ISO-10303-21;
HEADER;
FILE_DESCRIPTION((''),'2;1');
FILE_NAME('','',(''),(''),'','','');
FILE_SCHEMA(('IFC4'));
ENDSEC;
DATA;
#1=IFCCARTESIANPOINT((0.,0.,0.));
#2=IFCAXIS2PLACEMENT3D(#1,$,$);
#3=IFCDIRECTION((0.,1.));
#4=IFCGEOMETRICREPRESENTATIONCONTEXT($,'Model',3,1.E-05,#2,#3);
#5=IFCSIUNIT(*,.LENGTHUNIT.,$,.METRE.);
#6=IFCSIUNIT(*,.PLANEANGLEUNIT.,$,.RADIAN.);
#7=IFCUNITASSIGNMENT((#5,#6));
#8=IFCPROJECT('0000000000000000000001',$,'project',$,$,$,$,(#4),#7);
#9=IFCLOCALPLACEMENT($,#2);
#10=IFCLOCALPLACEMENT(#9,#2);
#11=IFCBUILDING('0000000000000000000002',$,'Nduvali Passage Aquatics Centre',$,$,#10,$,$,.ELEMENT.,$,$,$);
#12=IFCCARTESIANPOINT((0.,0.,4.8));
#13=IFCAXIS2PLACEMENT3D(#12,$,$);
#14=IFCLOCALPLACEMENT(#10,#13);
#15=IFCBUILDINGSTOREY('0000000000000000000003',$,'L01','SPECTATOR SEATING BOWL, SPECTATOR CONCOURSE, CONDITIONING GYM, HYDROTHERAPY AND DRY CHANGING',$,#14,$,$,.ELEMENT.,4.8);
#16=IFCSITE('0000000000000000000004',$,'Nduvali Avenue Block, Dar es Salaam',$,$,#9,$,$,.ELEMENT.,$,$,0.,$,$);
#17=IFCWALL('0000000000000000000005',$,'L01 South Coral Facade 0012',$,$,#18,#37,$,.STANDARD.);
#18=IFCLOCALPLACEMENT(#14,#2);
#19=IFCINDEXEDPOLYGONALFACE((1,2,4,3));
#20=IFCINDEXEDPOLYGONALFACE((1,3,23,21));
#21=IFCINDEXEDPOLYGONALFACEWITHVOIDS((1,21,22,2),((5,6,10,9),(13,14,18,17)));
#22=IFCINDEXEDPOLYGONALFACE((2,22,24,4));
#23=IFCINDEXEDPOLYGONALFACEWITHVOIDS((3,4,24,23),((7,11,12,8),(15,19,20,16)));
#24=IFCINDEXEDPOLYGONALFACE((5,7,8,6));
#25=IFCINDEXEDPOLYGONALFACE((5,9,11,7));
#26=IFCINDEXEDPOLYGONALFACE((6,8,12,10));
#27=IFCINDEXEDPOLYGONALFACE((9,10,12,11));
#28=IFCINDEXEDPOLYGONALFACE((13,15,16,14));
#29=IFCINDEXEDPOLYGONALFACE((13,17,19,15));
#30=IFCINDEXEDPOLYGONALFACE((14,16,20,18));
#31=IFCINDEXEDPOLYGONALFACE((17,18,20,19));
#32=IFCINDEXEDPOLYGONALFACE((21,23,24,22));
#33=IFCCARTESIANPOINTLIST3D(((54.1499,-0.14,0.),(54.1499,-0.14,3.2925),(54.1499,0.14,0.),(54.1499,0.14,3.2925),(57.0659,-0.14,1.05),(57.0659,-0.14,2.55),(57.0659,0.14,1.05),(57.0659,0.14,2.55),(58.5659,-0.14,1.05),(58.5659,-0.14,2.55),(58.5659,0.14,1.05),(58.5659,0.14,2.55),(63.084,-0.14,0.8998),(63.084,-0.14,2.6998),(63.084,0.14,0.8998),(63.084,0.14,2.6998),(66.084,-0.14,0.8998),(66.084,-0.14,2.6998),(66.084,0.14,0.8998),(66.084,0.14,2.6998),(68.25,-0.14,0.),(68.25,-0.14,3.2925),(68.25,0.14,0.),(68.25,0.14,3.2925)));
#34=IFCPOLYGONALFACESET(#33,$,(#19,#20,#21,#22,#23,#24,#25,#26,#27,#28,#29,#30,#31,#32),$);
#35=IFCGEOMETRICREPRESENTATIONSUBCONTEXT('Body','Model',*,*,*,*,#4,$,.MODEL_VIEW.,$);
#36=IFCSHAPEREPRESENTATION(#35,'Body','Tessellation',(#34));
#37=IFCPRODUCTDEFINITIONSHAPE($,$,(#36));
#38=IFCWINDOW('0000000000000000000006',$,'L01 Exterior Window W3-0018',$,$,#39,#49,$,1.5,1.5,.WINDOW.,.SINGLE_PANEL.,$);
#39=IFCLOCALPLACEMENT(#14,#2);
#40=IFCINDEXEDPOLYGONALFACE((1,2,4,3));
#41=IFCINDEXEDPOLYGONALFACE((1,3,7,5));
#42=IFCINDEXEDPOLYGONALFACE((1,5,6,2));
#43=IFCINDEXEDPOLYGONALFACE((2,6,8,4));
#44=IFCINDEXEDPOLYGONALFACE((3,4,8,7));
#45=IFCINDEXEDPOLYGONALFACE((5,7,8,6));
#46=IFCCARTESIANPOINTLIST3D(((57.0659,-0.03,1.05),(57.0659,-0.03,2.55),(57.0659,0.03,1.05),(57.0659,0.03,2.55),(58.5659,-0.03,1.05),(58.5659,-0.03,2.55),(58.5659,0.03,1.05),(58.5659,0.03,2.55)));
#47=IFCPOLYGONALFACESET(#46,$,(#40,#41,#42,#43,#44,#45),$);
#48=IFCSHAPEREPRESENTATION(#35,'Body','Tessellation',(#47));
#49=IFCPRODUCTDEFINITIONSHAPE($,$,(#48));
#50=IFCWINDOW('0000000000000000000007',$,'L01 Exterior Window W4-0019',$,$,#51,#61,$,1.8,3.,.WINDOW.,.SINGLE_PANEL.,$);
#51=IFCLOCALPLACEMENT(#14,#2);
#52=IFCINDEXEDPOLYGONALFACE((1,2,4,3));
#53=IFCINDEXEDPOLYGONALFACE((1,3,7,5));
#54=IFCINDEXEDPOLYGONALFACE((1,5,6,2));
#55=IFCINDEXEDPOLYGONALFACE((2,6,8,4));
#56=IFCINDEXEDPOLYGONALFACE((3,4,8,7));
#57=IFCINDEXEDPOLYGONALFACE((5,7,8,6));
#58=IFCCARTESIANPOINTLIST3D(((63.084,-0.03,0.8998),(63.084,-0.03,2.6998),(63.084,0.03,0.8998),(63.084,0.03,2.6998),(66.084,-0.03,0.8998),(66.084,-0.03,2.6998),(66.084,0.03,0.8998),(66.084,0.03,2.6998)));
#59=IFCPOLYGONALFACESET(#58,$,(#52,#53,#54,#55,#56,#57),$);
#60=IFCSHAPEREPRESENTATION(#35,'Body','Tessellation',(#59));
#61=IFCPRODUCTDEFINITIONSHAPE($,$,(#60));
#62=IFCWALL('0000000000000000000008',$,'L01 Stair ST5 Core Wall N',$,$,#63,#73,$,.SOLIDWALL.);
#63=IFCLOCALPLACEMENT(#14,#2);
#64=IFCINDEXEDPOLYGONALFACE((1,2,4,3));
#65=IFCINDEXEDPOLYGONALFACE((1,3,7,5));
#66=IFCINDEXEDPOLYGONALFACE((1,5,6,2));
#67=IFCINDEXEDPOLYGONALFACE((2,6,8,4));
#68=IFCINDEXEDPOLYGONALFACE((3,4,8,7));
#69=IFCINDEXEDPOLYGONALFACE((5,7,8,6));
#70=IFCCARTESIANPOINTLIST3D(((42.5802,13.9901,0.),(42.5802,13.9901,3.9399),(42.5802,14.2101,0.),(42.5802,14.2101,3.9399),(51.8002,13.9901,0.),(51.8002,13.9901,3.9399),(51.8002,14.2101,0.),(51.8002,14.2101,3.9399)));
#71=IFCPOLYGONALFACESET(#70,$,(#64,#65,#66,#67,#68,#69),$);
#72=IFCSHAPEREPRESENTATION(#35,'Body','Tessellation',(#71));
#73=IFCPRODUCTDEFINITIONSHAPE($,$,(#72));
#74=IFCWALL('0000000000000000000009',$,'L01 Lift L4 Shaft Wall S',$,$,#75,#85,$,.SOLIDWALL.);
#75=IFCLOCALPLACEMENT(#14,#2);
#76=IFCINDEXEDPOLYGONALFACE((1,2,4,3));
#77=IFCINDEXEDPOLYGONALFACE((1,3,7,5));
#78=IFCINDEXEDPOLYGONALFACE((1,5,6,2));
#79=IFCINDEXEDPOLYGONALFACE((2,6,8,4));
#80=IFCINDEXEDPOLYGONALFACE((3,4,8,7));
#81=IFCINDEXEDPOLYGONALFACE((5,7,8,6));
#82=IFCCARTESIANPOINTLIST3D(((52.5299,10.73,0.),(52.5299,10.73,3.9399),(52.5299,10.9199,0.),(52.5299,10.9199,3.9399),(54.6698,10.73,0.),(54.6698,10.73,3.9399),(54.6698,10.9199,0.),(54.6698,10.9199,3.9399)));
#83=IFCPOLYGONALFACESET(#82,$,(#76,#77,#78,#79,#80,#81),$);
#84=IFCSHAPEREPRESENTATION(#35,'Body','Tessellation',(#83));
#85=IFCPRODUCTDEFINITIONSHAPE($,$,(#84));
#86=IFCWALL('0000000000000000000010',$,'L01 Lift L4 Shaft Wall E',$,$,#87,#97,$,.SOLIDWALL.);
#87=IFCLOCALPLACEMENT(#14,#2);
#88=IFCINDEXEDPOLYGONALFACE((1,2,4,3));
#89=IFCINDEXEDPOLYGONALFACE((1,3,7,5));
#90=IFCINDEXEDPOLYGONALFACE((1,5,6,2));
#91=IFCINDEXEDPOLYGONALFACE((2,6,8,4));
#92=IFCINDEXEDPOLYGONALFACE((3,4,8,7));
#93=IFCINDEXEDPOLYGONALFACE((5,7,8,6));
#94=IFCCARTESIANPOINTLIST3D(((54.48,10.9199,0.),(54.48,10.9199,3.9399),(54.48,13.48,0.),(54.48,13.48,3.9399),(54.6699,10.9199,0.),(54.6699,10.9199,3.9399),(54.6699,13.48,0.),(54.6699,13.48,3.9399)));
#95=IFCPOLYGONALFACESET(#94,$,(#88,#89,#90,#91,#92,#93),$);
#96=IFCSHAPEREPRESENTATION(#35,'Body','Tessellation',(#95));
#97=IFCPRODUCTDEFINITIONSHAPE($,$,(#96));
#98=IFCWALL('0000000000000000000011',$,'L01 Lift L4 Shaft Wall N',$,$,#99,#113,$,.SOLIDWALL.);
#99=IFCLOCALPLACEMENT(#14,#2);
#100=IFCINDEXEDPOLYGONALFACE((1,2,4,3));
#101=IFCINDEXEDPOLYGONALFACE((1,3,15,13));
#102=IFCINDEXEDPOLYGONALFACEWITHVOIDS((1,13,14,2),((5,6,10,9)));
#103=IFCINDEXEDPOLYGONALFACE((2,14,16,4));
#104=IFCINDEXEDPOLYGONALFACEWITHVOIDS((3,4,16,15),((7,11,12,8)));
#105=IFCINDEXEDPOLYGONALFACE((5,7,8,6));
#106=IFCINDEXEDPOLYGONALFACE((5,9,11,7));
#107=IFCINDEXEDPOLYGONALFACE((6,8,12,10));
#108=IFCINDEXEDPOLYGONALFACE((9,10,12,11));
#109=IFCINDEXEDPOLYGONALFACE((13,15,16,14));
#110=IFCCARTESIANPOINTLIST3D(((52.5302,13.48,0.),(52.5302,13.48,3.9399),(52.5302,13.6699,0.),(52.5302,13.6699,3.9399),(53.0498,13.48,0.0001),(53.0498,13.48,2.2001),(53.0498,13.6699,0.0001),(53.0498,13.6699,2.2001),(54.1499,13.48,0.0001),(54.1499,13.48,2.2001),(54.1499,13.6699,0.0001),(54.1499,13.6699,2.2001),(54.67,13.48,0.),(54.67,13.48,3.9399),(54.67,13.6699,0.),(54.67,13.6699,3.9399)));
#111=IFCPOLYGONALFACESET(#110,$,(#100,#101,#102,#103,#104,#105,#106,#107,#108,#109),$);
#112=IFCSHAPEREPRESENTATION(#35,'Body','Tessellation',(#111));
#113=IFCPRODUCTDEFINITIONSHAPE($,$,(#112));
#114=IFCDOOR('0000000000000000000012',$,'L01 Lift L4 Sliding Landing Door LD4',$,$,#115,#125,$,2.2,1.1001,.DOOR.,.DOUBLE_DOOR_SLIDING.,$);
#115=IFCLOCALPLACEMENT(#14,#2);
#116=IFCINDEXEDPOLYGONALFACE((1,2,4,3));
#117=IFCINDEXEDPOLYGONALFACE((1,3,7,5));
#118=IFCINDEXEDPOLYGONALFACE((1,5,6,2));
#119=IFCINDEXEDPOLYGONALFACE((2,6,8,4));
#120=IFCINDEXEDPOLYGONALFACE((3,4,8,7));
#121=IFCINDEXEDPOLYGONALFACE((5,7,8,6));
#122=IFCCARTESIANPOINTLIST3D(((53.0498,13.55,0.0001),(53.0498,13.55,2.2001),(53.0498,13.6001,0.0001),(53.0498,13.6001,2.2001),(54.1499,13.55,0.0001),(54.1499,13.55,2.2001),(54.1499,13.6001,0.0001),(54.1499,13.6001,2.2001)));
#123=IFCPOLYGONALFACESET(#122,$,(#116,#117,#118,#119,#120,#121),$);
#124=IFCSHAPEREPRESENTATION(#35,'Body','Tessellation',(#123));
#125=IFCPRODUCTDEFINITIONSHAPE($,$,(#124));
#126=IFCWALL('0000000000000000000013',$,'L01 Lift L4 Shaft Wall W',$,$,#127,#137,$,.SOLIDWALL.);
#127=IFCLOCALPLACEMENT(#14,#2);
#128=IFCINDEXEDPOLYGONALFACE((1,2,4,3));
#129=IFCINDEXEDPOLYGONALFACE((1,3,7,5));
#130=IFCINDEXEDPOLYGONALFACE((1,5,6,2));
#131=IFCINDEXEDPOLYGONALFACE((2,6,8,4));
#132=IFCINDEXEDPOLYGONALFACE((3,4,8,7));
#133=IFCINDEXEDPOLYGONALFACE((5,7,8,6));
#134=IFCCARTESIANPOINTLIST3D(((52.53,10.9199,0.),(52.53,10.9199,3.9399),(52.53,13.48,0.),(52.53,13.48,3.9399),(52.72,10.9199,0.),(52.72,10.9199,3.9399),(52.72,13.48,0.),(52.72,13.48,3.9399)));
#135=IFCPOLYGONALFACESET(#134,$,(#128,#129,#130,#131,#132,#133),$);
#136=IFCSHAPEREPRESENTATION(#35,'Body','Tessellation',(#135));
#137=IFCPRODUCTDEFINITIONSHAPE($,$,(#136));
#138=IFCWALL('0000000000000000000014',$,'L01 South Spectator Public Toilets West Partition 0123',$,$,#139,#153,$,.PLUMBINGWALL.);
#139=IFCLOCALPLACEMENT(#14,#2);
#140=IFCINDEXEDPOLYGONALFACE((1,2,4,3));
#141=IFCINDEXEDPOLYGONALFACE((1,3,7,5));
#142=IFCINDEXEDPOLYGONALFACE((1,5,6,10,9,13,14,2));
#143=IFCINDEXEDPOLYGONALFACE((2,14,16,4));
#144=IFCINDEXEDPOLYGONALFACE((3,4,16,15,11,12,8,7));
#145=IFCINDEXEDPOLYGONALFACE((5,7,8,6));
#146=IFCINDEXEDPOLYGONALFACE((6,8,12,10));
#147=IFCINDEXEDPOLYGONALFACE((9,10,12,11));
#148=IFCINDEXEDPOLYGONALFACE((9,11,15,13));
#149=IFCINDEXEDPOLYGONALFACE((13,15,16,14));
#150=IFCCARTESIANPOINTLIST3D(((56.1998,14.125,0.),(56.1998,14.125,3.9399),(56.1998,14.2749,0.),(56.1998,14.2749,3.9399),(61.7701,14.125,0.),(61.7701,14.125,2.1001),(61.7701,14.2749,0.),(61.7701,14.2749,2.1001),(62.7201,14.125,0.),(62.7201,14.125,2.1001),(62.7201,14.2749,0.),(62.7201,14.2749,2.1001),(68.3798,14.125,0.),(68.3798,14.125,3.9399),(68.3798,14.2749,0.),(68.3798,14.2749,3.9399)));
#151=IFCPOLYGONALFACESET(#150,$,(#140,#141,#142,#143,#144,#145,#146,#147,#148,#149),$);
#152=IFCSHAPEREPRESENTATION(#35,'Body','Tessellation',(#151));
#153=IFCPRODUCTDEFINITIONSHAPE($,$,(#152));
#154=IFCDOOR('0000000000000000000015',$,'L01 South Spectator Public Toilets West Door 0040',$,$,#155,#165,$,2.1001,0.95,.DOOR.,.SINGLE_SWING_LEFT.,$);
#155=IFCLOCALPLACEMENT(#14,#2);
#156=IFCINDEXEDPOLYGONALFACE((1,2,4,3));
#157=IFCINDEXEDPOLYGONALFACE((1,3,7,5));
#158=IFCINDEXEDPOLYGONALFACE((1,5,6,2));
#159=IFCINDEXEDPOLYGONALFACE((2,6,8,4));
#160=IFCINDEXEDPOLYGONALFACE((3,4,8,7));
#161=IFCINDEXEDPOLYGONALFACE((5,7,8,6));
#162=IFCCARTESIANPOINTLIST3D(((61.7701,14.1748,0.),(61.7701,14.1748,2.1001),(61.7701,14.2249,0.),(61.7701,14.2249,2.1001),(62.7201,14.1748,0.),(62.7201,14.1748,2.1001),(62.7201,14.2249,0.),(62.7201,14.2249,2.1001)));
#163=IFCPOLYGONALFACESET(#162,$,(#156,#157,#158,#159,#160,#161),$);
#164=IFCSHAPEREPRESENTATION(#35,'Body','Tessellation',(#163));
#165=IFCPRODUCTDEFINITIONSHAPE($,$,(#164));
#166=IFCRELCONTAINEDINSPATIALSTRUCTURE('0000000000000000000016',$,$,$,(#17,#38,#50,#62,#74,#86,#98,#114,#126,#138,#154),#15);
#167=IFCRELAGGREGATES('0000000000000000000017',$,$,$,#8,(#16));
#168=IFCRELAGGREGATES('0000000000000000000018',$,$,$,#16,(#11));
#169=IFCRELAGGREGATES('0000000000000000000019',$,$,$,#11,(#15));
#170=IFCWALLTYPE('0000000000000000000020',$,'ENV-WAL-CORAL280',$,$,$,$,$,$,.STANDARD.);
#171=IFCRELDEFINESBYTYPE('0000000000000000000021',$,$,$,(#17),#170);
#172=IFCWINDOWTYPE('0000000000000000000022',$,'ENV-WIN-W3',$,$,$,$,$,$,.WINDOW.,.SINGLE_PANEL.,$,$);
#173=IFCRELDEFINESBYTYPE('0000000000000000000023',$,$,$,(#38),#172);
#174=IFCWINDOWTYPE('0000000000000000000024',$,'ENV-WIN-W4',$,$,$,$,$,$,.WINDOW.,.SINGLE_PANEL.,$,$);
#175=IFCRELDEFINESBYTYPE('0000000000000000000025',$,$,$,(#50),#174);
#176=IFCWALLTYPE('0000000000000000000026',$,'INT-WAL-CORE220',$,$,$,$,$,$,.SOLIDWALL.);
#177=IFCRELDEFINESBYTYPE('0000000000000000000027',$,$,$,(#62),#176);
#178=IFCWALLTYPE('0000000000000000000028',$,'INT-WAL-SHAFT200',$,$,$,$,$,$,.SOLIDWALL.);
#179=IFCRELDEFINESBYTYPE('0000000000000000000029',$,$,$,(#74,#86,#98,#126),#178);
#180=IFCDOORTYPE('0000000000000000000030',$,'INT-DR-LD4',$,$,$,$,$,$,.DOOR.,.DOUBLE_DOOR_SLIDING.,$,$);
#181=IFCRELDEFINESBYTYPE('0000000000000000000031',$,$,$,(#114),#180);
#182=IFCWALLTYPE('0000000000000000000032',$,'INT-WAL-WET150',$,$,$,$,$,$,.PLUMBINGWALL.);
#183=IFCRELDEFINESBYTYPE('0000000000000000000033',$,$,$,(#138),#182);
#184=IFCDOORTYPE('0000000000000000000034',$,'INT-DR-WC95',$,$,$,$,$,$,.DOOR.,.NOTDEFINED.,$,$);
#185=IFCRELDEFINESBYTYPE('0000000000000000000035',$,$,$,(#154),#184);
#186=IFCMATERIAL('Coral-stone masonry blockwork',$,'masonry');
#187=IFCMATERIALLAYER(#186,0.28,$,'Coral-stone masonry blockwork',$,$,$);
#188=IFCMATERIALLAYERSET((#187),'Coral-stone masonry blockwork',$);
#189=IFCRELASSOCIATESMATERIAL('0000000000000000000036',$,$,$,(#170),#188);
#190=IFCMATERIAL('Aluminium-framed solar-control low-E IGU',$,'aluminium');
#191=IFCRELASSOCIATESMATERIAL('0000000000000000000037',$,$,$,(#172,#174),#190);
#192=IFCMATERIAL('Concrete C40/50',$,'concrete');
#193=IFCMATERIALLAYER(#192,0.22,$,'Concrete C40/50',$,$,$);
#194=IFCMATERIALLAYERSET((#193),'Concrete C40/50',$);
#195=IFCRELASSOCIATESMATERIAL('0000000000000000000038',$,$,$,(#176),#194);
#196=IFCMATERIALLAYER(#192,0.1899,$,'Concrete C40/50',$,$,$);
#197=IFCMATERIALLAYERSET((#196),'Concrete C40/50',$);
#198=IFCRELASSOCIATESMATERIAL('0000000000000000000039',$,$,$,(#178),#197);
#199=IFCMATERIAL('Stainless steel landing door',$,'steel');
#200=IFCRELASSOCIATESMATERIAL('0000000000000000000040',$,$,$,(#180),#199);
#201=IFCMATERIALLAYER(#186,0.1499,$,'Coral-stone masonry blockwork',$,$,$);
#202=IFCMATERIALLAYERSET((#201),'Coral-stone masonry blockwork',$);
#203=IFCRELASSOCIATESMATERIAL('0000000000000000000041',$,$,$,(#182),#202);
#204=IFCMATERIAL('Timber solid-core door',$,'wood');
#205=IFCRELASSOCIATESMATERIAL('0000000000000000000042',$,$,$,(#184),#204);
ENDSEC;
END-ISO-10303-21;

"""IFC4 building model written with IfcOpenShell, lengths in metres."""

from ifc_helpers import new_model, si_unit, direction, frame, frame_2d, origin, place, context, subcontext, project, spatial, rectangle, extrude, material, layer, layer_set, type_object, element, fill, save


model = new_model("IFC4")

# Units and contexts
model_context = context("Model", 3, precision=1e-05, world=origin(), true_north=direction((0.0, 1.0)))
body_context = subcontext(model_context, "Body", "Model", "MODEL_VIEW")
ifc_project = project(units=[si_unit("LENGTHUNIT", "METRE"), si_unit("PLANEANGLEUNIT", "RADIAN")], contexts=[model_context])

# Site, building, storey
site_placement = place(None, origin())
site = spatial("IfcSite", under=ifc_project, at=site_placement, Name="Nduvali Avenue Block, Dar es Salaam", CompositionType="ELEMENT", RefElevation=0.0)
building_placement = place(site_placement, origin())
building = spatial("IfcBuilding", under=site, at=building_placement, Name="Nduvali Passage Aquatics Centre", CompositionType="ELEMENT")
storey_placement = place(building_placement, frame((0.0, 0.0, 4.8)))
storey = spatial("IfcBuildingStorey", under=building, at=storey_placement, Name="L01", Description="SPECTATOR SEATING BOWL, SPECTATOR CONCOURSE, CONDITIONING GYM, HYDROTHERAPY AND DRY CHANGING", CompositionType="ELEMENT", Elevation=4.8)

# Wall, openings, windows
ifc_material_1 = material(Name="Coral-stone masonry blockwork", Category="masonry")
ifc_layer_1 = layer(ifc_material_1, 0.28, Name="Coral-stone masonry blockwork")
ifc_layer_set_1 = layer_set([ifc_layer_1], Name="Coral-stone masonry blockwork")
wall_type_1 = type_object("IfcWallType", Name="ENV-WAL-CORAL280", PredefinedType="STANDARD", material=ifc_layer_set_1)
wall_1_placement = place(storey_placement, frame((54.1499, 0.0, 0.0), z_axis=(0.0, 0.0, 1.0), x_axis=(1.0, 0.0, 0.0)))
wall_1 = element("IfcWall", 1, at=wall_1_placement, inside=storey, type_object=wall_type_1, Name="L01 South Coral Facade 0012", PredefinedType="STANDARD", context=body_context, shape_type="SweptSolid", body=[
    extrude(rectangle(XDim=14.1001, YDim=0.28, at=frame_2d((7.05, 0.0))), origin(), (0.0, 0.0, 1.0), 3.2925),
])
opening_1_placement = place(wall_1_placement, frame((2.916, 0.0, 1.05)))
opening_1 = element("IfcOpeningElement", 2, at=opening_1_placement, cuts=wall_1, PredefinedType="OPENING", context=body_context, shape_type="SweptSolid", body=[
    extrude(rectangle(XDim=1.5, YDim=1.5, at=frame_2d((0.75, 0.75))), frame((0.0, 0.1548, 0.0), z_axis=(0.0, -1.0, 0.0), x_axis=(1.0, 0.0, 0.0)), (0.0, 0.0, 1.0), 0.3098),
])
opening_2_placement = place(wall_1_placement, frame((8.9341, 0.0, 0.8999)))
opening_2 = element("IfcOpeningElement", 3, at=opening_2_placement, cuts=wall_1, PredefinedType="OPENING", context=body_context, shape_type="SweptSolid", body=[
    extrude(rectangle(XDim=3.0, YDim=1.8, at=frame_2d((1.5, 0.8999))), frame((0.0, 0.1548, 0.0), z_axis=(0.0, -1.0, 0.0), x_axis=(1.0, 0.0, 0.0)), (0.0, 0.0, 1.0), 0.3098),
])
ifc_material_2 = material(Name="Aluminium-framed solar-control low-E IGU", Category="aluminium")
window_type_1 = type_object("IfcWindowType", Name="ENV-WIN-W3", PartitioningType="SINGLE_PANEL", PredefinedType="WINDOW", material=ifc_material_2)
window_1_placement = place(opening_1_placement, origin())
window_1 = element("IfcWindow", 4, at=window_1_placement, inside=storey, type_object=window_type_1, Name="L01 Exterior Window W3-0018", OverallHeight=1.5, OverallWidth=1.5, PartitioningType="SINGLE_PANEL", PredefinedType="WINDOW", context=body_context, shape_type="SweptSolid", body=[
    extrude(rectangle(XDim=1.5, YDim=1.5, at=frame_2d((0.75, 0.75))), frame((0.0, 0.03, 0.0), z_axis=(0.0, -1.0, 0.0), x_axis=(1.0, 0.0, 0.0)), (0.0, 0.0, 1.0), 0.0601),
])
fill(opening_1, window_1)
window_type_2 = type_object("IfcWindowType", Name="ENV-WIN-W4", PartitioningType="SINGLE_PANEL", PredefinedType="WINDOW", material=ifc_material_2)
window_2_placement = place(opening_2_placement, origin())
window_2 = element("IfcWindow", 5, at=window_2_placement, inside=storey, type_object=window_type_2, Name="L01 Exterior Window W4-0019", OverallHeight=1.8, OverallWidth=3.0, PartitioningType="SINGLE_PANEL", PredefinedType="WINDOW", context=body_context, shape_type="SweptSolid", body=[
    extrude(rectangle(XDim=3.0, YDim=1.8, at=frame_2d((1.5, 0.8999))), frame((0.0, 0.03, 0.0), z_axis=(0.0, -1.0, 0.0), x_axis=(1.0, 0.0, 0.0)), (0.0, 0.0, 1.0), 0.0601),
])
fill(opening_2, window_2)

# Walls
ifc_material_3 = material(Name="Concrete C40/50", Category="concrete")
ifc_layer_2 = layer(ifc_material_3, 0.22, Name="Concrete C40/50")
ifc_layer_set_2 = layer_set([ifc_layer_2], Name="Concrete C40/50")
wall_type_2 = type_object("IfcWallType", Name="INT-WAL-CORE220", PredefinedType="SOLIDWALL", material=ifc_layer_set_2)
wall_2_placement = place(storey_placement, frame((51.8, 14.1001, 0.0), z_axis=(0.0, 0.0, 1.0), x_axis=(-1.0, 0.0, 0.0)))
element("IfcWall", 6, at=wall_2_placement, inside=storey, type_object=wall_type_2, Name="L01 Stair ST5 Core Wall N", PredefinedType="SOLIDWALL", context=body_context, shape_type="SweptSolid", body=[
    extrude(rectangle(XDim=9.22, YDim=0.22, at=frame_2d((4.6099, 0.0))), origin(), (0.0, 0.0, 1.0), 3.9399),
])
ifc_layer_3 = layer(ifc_material_3, 0.1899, Name="Concrete C40/50")
ifc_layer_set_3 = layer_set([ifc_layer_3], Name="Concrete C40/50")
wall_type_3 = type_object("IfcWallType", Name="INT-WAL-SHAFT200", PredefinedType="SOLIDWALL", material=ifc_layer_set_3)
wall_3_placement = place(storey_placement, frame((52.53, 10.825, 0.0), z_axis=(0.0, 0.0, 1.0), x_axis=(1.0, 0.0, 0.0)))
element("IfcWall", 7, at=wall_3_placement, inside=storey, type_object=wall_type_3, Name="L01 Lift L4 Shaft Wall S", PredefinedType="SOLIDWALL", context=body_context, shape_type="SweptSolid", body=[
    extrude(rectangle(XDim=2.1399, YDim=0.1899, at=frame_2d((1.0698, 0.0))), origin(), (0.0, 0.0, 1.0), 3.9399),
])
wall_4_placement = place(storey_placement, frame((54.575, 10.9199, 0.0), z_axis=(0.0, 0.0, 1.0), x_axis=(0.0, 1.0, 0.0)))
element("IfcWall", 8, at=wall_4_placement, inside=storey, type_object=wall_type_3, Name="L01 Lift L4 Shaft Wall E", PredefinedType="SOLIDWALL", context=body_context, shape_type="SweptSolid", body=[
    extrude(rectangle(XDim=2.5601, YDim=0.1899, at=frame_2d((1.28, 0.0))), origin(), (0.0, 0.0, 1.0), 3.9399),
])

# Wall, opening, door
wall_5_placement = place(storey_placement, frame((54.6699, 13.575, 0.0), z_axis=(0.0, 0.0, 1.0), x_axis=(-1.0, 0.0, 0.0)))
wall_5 = element("IfcWall", 9, at=wall_5_placement, inside=storey, type_object=wall_type_3, Name="L01 Lift L4 Shaft Wall N", PredefinedType="SOLIDWALL", context=body_context, shape_type="SweptSolid", body=[
    extrude(rectangle(XDim=2.1399, YDim=0.1899, at=frame_2d((1.0698, 0.0))), origin(), (0.0, 0.0, 1.0), 3.9399),
])
opening_3_placement = place(wall_5_placement, frame((0.52, 0.0, 0.0)))
opening_3 = element("IfcOpeningElement", 10, at=opening_3_placement, cuts=wall_5, PredefinedType="OPENING", context=body_context, shape_type="SweptSolid", body=[
    extrude(rectangle(XDim=1.1001, YDim=2.2, at=frame_2d((0.55, 1.1001))), frame((0.0, 0.1099, 0.0), z_axis=(0.0, -1.0, 0.0), x_axis=(1.0, 0.0, 0.0)), (0.0, 0.0, 1.0), 0.2197),
])
ifc_material_4 = material(Name="Stainless steel landing door", Category="steel")
door_type_1 = type_object("IfcDoorType", Name="INT-DR-LD4", OperationType="DOUBLE_DOOR_SLIDING", PredefinedType="DOOR", material=ifc_material_4)
door_1_placement = place(opening_3_placement, origin())
door_1 = element("IfcDoor", 11, at=door_1_placement, inside=storey, type_object=door_type_1, Name="L01 Lift L4 Sliding Landing Door LD4", OperationType="DOUBLE_DOOR_SLIDING", OverallHeight=2.2, OverallWidth=1.1001, PredefinedType="DOOR", context=body_context, shape_type="SweptSolid", body=[
    extrude(rectangle(XDim=1.1001, YDim=2.2, at=frame_2d((0.55, 1.1001))), frame((0.0, 0.0249, 0.0), z_axis=(0.0, -1.0, 0.0), x_axis=(1.0, 0.0, 0.0)), (0.0, 0.0, 1.0), 0.05),
])
fill(opening_3, door_1)

# Wall
wall_6_placement = place(storey_placement, frame((52.625, 13.48, 0.0), z_axis=(0.0, 0.0, 1.0), x_axis=(0.0, -1.0, 0.0)))
element("IfcWall", 12, at=wall_6_placement, inside=storey, type_object=wall_type_3, Name="L01 Lift L4 Shaft Wall W", PredefinedType="SOLIDWALL", context=body_context, shape_type="SweptSolid", body=[
    extrude(rectangle(XDim=2.5601, YDim=0.1899, at=frame_2d((1.28, 0.0))), origin(), (0.0, 0.0, 1.0), 3.9399),
])

# Wall, opening, door
ifc_layer_4 = layer(ifc_material_1, 0.1499, Name="Coral-stone masonry blockwork")
ifc_layer_set_4 = layer_set([ifc_layer_4], Name="Coral-stone masonry blockwork")
wall_type_4 = type_object("IfcWallType", Name="INT-WAL-WET150", PredefinedType="PLUMBINGWALL", material=ifc_layer_set_4)
wall_7_placement = place(storey_placement, frame((56.2, 14.2, 0.0), z_axis=(0.0, 0.0, 1.0), x_axis=(1.0, 0.0, 0.0)))
wall_7 = element("IfcWall", 13, at=wall_7_placement, inside=storey, type_object=wall_type_4, Name="L01 South Spectator Public Toilets West Partition 0123", PredefinedType="PLUMBINGWALL", context=body_context, shape_type="SweptSolid", body=[
    extrude(rectangle(XDim=12.1799, YDim=0.1499, at=frame_2d((6.0898, 0.0))), origin(), (0.0, 0.0, 1.0), 3.9399),
])
opening_4_placement = place(wall_7_placement, frame((5.5701, 0.0, 0.0)))
opening_4 = element("IfcOpeningElement", 14, at=opening_4_placement, cuts=wall_7, PredefinedType="OPENING", context=body_context, shape_type="SweptSolid", body=[
    extrude(rectangle(XDim=0.95, YDim=2.1001, at=frame_2d((0.4751, 1.05))), frame((0.0, 0.0898, 0.0), z_axis=(0.0, -1.0, 0.0), x_axis=(1.0, 0.0, 0.0)), (0.0, 0.0, 1.0), 0.1797),
])
ifc_material_5 = material(Name="Timber solid-core door", Category="wood")
door_type_2 = type_object("IfcDoorType", Name="INT-DR-WC95", OperationType="NOTDEFINED", PredefinedType="DOOR", material=ifc_material_5)
door_2_placement = place(opening_4_placement, origin())
door_2 = element("IfcDoor", 15, at=door_2_placement, inside=storey, type_object=door_type_2, Name="L01 South Spectator Public Toilets West Door 0040", OperationType="SINGLE_SWING_LEFT", OverallHeight=2.1001, OverallWidth=0.95, PredefinedType="DOOR", context=body_context, shape_type="SweptSolid", body=[
    extrude(rectangle(XDim=0.95, YDim=2.1001, at=frame_2d((0.4751, 1.05))), frame((0.0, 0.0249, 0.0), z_axis=(0.0, -1.0, 0.0), x_axis=(1.0, 0.0, 0.0)), (0.0, 0.0, 1.0), 0.05),
])
fill(opening_4, door_2)

save(model, "model.ifc")
